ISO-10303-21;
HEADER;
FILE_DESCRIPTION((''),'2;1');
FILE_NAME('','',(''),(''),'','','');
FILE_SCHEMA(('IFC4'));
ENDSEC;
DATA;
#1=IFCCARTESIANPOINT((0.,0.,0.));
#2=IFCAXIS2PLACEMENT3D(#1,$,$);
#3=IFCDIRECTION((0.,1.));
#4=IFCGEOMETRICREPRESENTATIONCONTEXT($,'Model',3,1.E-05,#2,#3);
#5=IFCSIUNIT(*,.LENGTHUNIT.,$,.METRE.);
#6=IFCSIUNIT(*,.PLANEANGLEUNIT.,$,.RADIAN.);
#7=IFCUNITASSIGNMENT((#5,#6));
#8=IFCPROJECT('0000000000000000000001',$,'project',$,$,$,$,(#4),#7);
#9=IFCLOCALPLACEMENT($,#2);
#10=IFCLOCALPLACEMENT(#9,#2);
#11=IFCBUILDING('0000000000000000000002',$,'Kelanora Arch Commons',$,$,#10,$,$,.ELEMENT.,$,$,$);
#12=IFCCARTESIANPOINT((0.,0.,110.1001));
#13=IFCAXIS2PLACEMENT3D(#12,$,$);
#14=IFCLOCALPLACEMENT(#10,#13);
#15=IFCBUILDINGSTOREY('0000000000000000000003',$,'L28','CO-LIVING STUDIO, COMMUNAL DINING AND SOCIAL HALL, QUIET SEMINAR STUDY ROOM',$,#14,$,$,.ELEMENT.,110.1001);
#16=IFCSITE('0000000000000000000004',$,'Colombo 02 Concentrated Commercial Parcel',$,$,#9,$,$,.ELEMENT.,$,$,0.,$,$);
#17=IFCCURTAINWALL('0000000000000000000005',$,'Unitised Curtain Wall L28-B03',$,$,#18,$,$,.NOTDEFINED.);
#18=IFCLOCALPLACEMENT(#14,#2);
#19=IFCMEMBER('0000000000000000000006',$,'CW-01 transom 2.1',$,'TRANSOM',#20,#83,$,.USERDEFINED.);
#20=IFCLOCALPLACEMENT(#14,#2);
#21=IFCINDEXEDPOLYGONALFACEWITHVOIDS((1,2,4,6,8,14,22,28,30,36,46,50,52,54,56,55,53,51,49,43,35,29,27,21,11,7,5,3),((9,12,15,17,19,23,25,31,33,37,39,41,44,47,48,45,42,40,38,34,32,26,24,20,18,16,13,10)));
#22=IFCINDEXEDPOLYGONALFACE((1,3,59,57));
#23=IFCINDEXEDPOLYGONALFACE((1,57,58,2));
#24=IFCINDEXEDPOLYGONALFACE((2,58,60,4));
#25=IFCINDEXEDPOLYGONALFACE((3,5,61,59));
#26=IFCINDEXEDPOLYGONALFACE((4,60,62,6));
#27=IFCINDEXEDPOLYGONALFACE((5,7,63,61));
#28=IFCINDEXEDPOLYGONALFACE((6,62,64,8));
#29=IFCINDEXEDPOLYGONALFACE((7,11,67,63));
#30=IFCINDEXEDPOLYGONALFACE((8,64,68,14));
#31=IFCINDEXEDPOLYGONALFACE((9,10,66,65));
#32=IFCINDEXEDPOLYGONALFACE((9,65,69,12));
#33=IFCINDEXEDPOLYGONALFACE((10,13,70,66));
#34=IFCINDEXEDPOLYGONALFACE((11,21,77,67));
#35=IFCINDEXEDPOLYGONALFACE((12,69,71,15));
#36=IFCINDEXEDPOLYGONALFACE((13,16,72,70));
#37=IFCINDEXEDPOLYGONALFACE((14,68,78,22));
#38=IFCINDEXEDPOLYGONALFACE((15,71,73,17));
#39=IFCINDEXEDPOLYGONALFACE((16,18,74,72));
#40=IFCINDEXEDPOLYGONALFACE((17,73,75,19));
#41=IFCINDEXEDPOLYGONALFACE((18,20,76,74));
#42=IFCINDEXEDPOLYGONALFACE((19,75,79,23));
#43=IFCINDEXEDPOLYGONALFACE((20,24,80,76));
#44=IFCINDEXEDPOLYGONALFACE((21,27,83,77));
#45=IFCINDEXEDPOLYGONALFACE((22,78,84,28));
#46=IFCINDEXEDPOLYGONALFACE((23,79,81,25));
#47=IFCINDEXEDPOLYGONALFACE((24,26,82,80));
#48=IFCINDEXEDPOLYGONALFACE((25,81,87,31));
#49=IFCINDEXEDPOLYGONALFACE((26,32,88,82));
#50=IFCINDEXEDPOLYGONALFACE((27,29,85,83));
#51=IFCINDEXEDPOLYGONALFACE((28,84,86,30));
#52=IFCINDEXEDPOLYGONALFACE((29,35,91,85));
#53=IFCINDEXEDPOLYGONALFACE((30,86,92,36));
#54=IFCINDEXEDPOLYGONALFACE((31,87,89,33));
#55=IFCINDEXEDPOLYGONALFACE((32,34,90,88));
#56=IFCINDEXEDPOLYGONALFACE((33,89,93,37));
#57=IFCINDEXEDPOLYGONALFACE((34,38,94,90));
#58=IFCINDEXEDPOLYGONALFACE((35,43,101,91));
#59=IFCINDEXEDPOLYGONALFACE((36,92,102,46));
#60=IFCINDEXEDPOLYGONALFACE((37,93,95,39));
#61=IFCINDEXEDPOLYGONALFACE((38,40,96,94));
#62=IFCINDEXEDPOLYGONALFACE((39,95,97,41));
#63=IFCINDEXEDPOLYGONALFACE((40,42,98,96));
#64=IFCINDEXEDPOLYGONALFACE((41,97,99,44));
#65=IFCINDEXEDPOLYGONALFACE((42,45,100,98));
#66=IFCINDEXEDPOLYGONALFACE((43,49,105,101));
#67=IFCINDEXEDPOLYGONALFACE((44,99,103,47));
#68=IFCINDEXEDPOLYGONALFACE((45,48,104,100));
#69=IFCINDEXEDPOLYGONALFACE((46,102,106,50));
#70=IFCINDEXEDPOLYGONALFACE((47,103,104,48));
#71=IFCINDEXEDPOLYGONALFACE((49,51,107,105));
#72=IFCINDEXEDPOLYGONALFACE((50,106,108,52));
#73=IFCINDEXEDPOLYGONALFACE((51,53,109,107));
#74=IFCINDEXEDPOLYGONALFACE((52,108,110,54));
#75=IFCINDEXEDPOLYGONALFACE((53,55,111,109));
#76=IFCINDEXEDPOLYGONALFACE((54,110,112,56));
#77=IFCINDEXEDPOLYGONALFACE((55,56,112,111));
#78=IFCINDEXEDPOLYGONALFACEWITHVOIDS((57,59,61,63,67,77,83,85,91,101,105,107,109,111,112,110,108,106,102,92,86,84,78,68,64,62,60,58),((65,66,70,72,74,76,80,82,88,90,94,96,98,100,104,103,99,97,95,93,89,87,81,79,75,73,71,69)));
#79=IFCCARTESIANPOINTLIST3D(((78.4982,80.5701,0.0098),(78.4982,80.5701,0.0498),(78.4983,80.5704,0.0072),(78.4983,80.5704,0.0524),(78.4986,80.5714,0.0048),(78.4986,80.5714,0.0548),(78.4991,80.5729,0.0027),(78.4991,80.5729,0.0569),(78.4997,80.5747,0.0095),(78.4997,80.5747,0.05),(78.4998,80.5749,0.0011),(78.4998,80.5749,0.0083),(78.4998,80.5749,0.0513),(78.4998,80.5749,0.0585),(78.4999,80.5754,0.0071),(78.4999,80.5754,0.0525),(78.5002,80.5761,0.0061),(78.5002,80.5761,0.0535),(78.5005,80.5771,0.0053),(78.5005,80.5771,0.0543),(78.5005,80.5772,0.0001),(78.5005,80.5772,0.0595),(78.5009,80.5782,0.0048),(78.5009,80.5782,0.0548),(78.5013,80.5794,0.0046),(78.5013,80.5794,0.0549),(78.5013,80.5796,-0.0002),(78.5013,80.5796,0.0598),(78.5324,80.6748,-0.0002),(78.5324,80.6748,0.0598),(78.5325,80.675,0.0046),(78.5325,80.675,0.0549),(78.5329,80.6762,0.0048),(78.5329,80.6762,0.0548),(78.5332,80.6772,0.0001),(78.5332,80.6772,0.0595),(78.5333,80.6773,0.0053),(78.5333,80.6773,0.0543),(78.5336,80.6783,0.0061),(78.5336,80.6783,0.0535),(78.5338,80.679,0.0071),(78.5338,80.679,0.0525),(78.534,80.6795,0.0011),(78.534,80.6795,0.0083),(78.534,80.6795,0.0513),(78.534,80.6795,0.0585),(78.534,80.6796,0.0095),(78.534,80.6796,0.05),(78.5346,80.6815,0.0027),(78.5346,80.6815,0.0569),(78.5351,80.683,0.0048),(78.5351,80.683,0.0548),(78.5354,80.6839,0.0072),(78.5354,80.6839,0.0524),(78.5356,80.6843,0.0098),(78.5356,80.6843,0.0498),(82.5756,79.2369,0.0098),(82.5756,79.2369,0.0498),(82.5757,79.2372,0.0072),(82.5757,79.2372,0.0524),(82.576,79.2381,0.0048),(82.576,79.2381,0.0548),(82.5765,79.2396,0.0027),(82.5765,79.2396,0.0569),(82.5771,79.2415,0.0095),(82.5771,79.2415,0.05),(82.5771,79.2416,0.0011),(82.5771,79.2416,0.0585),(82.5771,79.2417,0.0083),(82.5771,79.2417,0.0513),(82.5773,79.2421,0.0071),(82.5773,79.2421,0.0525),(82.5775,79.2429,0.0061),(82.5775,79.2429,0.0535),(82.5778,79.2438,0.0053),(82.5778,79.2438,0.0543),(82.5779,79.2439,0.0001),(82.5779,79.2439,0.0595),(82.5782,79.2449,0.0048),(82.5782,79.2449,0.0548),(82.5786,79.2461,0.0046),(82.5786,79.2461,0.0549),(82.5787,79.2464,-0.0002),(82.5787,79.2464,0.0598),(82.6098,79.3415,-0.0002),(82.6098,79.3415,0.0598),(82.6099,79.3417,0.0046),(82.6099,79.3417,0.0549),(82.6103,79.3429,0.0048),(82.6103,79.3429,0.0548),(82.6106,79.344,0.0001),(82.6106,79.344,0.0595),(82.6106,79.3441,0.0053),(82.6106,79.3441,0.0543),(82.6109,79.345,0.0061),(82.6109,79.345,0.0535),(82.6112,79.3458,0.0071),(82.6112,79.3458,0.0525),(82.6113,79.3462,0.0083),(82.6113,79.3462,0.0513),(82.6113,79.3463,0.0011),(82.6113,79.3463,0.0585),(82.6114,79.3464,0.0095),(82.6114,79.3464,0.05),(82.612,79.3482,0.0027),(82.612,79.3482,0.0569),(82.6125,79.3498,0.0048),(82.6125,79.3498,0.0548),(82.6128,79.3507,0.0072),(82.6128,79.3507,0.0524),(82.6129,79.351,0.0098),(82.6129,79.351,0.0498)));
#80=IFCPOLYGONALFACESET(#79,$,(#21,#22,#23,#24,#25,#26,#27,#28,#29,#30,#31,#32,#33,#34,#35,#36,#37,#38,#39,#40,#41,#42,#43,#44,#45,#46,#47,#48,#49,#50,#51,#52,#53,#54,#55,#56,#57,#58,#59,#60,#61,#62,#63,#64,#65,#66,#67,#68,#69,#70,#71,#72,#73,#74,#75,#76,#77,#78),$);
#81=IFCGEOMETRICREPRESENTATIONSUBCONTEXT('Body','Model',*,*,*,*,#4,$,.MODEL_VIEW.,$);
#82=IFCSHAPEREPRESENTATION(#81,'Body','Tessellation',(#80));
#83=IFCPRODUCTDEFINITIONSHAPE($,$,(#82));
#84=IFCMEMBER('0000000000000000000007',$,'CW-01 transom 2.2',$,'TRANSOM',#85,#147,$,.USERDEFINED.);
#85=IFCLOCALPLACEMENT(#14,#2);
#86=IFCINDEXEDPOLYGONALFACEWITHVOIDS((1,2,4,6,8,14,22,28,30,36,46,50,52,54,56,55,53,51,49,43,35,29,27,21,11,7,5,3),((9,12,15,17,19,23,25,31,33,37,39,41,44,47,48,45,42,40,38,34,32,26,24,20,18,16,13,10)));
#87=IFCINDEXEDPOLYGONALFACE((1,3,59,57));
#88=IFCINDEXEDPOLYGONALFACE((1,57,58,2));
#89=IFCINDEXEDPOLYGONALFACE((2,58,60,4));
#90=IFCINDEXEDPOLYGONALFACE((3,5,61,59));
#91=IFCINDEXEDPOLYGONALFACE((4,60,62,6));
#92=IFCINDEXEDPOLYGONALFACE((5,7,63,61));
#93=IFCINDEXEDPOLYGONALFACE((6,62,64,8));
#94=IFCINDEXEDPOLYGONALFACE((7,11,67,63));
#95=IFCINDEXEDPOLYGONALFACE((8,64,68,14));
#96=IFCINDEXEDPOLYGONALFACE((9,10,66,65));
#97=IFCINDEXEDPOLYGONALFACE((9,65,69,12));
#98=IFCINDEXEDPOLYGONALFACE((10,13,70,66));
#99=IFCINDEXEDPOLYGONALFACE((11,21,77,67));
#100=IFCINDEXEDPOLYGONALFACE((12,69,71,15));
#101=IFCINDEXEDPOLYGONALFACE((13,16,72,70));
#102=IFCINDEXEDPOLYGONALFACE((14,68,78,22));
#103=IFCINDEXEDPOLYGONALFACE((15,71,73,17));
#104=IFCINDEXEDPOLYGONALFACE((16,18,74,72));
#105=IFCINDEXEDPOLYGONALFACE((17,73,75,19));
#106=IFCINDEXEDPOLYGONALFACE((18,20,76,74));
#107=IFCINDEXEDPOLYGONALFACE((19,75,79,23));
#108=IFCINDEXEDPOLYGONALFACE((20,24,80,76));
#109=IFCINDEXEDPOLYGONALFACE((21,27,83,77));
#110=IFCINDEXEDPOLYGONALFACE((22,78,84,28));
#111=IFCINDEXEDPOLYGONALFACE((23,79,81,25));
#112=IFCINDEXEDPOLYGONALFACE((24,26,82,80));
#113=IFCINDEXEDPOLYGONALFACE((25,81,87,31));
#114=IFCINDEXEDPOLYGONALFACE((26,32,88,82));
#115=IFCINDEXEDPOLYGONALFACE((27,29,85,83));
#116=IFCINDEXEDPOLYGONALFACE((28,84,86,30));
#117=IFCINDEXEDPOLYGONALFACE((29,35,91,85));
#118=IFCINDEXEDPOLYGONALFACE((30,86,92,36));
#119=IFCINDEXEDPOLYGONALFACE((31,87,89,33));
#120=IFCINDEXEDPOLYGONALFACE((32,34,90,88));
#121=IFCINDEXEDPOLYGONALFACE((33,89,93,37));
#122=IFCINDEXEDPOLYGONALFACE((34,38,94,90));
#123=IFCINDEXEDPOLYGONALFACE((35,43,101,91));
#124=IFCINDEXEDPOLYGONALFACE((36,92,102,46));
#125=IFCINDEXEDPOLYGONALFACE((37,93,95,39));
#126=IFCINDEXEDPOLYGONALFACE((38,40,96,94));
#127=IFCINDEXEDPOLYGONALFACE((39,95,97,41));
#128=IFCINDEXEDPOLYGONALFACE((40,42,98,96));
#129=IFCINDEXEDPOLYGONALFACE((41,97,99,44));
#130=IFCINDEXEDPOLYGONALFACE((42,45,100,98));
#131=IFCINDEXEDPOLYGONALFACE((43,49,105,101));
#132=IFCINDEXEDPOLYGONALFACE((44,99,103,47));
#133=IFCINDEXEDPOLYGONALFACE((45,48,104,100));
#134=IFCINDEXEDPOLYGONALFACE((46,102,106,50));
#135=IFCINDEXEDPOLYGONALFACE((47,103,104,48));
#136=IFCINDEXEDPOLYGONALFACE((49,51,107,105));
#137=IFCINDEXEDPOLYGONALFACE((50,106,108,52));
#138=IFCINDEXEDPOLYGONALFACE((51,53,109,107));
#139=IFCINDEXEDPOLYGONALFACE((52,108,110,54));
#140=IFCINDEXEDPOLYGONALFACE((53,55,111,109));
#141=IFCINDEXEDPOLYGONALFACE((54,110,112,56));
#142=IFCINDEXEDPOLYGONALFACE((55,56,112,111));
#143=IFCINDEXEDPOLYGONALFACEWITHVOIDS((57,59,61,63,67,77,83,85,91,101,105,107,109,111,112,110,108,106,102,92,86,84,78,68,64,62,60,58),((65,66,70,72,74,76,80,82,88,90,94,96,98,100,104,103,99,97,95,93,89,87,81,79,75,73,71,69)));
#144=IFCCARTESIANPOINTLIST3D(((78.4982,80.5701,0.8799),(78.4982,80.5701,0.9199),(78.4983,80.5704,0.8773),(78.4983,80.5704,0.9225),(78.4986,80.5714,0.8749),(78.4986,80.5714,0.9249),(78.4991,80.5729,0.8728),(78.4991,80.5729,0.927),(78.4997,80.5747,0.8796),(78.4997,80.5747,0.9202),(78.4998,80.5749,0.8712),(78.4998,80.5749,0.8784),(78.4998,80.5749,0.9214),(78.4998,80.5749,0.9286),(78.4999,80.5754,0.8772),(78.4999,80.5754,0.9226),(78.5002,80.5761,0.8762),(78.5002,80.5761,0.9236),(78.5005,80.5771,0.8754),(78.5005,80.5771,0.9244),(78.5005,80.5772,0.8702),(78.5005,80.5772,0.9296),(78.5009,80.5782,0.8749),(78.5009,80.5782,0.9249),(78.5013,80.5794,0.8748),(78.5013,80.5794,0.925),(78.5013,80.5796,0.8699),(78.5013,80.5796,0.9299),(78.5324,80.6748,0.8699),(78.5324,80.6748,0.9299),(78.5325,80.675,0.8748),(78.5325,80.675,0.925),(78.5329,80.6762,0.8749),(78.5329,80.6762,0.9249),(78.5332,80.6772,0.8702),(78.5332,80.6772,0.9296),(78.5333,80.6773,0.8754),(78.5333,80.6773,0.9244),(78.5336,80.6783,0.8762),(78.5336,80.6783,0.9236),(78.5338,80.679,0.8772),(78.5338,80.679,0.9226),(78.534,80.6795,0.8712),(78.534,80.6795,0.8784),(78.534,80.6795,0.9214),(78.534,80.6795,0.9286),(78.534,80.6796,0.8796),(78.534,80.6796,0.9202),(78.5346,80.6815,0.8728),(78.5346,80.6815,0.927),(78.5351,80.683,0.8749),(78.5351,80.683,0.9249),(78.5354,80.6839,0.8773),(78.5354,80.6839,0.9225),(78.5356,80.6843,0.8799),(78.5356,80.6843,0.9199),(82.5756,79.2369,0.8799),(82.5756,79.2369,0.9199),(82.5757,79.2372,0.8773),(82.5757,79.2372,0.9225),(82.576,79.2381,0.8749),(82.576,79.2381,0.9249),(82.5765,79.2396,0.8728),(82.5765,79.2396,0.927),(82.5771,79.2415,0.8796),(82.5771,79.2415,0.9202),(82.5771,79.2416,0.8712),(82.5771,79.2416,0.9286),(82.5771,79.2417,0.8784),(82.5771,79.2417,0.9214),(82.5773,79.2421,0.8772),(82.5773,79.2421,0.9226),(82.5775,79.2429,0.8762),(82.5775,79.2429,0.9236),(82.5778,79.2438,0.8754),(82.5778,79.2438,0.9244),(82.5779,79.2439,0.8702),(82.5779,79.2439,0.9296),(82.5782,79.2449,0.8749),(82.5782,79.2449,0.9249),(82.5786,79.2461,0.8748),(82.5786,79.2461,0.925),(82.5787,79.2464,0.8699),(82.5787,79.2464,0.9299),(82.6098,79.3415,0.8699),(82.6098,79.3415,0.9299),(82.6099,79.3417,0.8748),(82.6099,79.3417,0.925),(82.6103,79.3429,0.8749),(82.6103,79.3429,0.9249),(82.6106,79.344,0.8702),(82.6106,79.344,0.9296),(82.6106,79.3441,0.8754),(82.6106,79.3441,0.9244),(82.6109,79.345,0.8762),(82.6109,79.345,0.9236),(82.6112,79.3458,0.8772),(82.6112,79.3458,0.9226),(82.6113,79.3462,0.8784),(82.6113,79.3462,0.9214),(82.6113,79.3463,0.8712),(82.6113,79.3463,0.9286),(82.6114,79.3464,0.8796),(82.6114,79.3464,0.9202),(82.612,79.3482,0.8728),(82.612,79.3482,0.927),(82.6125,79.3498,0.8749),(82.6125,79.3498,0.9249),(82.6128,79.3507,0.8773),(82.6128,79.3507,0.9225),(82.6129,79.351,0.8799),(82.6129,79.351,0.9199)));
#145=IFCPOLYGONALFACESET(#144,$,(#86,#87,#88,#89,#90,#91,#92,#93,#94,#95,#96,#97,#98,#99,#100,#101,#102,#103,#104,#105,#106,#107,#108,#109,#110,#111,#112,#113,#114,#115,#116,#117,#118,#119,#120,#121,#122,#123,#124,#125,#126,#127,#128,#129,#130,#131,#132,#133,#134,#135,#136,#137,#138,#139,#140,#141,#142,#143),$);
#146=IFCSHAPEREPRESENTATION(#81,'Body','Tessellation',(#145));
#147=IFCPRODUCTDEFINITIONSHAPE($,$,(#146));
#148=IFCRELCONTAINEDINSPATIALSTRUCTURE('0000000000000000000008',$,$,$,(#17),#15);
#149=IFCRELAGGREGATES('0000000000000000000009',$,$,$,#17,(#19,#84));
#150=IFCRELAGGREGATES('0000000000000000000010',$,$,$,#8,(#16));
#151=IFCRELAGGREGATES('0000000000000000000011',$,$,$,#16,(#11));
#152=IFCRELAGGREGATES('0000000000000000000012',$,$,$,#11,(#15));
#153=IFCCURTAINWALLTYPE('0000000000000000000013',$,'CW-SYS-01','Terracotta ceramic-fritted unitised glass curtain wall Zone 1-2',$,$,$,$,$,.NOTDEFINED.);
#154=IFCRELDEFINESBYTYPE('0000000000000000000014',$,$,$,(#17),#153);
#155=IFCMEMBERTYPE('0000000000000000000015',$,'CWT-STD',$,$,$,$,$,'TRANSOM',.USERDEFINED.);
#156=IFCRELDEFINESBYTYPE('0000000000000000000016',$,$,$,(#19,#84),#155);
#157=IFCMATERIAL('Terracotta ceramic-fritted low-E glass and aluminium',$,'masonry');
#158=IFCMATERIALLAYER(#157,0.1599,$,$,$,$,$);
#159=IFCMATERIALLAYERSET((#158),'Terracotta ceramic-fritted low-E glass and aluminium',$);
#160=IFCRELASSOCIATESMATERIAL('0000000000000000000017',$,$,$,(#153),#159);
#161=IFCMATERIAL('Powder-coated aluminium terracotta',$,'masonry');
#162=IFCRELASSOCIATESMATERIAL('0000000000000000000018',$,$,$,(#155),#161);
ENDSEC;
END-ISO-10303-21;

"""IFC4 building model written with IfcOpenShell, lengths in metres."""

from ifc_helpers import new_model, si_unit, direction, frame, origin, origin_2d, place, context, subcontext, project, spatial, hollow_rectangle, extrude, material, layer, layer_set, material_profile, profile_set, type_object, element, aggregate, save


model = new_model("IFC4")

# Units and contexts
model_context = context("Model", 3, precision=1e-05, world=origin(), true_north=direction((0.0, 1.0)))
body_context = subcontext(model_context, "Body", "Model", "MODEL_VIEW")
ifc_project = project(units=[si_unit("LENGTHUNIT", "METRE"), si_unit("PLANEANGLEUNIT", "RADIAN")], contexts=[model_context])

# Site, building, storey
site_placement = place(None, origin())
site = spatial("IfcSite", under=ifc_project, at=site_placement, Name="Colombo 02 Concentrated Commercial Parcel", CompositionType="ELEMENT", RefElevation=0.0)
building_placement = place(site_placement, origin())
building = spatial("IfcBuilding", under=site, at=building_placement, Name="Kelanora Arch Commons", CompositionType="ELEMENT")
storey_placement = place(building_placement, frame((0.0, 0.0, 110.1001)))
storey = spatial("IfcBuildingStorey", under=building, at=storey_placement, Name="L28", Description="CO-LIVING STUDIO, COMMUNAL DINING AND SOCIAL HALL, QUIET SEMINAR STUDY ROOM", CompositionType="ELEMENT", Elevation=110.1001)

# Curtain wall, members
ifc_material_1 = material(Name="Terracotta ceramic-fritted low-E glass and aluminium", Category="masonry")
ifc_layer_1 = layer(ifc_material_1, 0.1599)
ifc_layer_set_1 = layer_set([ifc_layer_1], Name="Terracotta ceramic-fritted low-E glass and aluminium")
curtain_wall_type = type_object("IfcCurtainWallType", Name="CW-SYS-01", Description="Terracotta ceramic-fritted unitised glass curtain wall Zone 1-2", PredefinedType="NOTDEFINED", material=ifc_layer_set_1)
curtain_wall_placement = place(storey_placement, origin())
curtain_wall = element("IfcCurtainWall", 1, at=curtain_wall_placement, inside=storey, type_object=curtain_wall_type, Name="Unitised Curtain Wall L28-B03", PredefinedType="NOTDEFINED")
ifc_material_2 = material(Name="Powder-coated aluminium terracotta", Category="masonry")
ifc_material_profile_1 = material_profile(ifc_material_2, hollow_rectangle(XDim=0.1201, YDim=0.0601, WallThickness=0.0049, InnerFilletRadius=0.0049, OuterFilletRadius=0.01, at=origin_2d()), Name="CWT120x60")
ifc_profile_set_1 = profile_set([ifc_material_profile_1], Name="Powder-coated aluminium terracotta")
member_type_1 = type_object("IfcMemberType", Name="CWT-STD", ElementType="TRANSOM", PredefinedType="USERDEFINED", material=ifc_profile_set_1)
member_1_placement = place(storey_placement, frame((82.5942, 79.2939, 0.0298), z_axis=(-0.950478, 0.310793, 0.0), x_axis=(-0.310793, -0.950478, 0.0)))
member_1 = element("IfcMember", 2, at=member_1_placement, type_object=member_type_1, Name="CW-01 transom 2.1", ObjectType="TRANSOM", PredefinedType="USERDEFINED", context=body_context, shape_type="SweptSolid", body=[
    extrude(hollow_rectangle(XDim=0.1201, YDim=0.0601, WallThickness=0.0049, InnerFilletRadius=0.0049, OuterFilletRadius=0.01, at=origin_2d()), origin(), (0.0, 0.0, 1.0), 4.2898),
])
member_2_placement = place(storey_placement, frame((82.5942, 79.2939, 0.8999), z_axis=(-0.950478, 0.310793, 0.0), x_axis=(-0.310793, -0.950478, 0.0)))
member_2 = element("IfcMember", 3, at=member_2_placement, type_object=member_type_1, Name="CW-01 transom 2.2", ObjectType="TRANSOM", PredefinedType="USERDEFINED", context=body_context, shape_type="SweptSolid", body=[
    extrude(hollow_rectangle(XDim=0.1201, YDim=0.0601, WallThickness=0.0049, InnerFilletRadius=0.0049, OuterFilletRadius=0.01, at=origin_2d()), origin(), (0.0, 0.0, 1.0), 4.2898),
])
aggregate(curtain_wall, [member_1, member_2])

save(model, "model.ifc")
